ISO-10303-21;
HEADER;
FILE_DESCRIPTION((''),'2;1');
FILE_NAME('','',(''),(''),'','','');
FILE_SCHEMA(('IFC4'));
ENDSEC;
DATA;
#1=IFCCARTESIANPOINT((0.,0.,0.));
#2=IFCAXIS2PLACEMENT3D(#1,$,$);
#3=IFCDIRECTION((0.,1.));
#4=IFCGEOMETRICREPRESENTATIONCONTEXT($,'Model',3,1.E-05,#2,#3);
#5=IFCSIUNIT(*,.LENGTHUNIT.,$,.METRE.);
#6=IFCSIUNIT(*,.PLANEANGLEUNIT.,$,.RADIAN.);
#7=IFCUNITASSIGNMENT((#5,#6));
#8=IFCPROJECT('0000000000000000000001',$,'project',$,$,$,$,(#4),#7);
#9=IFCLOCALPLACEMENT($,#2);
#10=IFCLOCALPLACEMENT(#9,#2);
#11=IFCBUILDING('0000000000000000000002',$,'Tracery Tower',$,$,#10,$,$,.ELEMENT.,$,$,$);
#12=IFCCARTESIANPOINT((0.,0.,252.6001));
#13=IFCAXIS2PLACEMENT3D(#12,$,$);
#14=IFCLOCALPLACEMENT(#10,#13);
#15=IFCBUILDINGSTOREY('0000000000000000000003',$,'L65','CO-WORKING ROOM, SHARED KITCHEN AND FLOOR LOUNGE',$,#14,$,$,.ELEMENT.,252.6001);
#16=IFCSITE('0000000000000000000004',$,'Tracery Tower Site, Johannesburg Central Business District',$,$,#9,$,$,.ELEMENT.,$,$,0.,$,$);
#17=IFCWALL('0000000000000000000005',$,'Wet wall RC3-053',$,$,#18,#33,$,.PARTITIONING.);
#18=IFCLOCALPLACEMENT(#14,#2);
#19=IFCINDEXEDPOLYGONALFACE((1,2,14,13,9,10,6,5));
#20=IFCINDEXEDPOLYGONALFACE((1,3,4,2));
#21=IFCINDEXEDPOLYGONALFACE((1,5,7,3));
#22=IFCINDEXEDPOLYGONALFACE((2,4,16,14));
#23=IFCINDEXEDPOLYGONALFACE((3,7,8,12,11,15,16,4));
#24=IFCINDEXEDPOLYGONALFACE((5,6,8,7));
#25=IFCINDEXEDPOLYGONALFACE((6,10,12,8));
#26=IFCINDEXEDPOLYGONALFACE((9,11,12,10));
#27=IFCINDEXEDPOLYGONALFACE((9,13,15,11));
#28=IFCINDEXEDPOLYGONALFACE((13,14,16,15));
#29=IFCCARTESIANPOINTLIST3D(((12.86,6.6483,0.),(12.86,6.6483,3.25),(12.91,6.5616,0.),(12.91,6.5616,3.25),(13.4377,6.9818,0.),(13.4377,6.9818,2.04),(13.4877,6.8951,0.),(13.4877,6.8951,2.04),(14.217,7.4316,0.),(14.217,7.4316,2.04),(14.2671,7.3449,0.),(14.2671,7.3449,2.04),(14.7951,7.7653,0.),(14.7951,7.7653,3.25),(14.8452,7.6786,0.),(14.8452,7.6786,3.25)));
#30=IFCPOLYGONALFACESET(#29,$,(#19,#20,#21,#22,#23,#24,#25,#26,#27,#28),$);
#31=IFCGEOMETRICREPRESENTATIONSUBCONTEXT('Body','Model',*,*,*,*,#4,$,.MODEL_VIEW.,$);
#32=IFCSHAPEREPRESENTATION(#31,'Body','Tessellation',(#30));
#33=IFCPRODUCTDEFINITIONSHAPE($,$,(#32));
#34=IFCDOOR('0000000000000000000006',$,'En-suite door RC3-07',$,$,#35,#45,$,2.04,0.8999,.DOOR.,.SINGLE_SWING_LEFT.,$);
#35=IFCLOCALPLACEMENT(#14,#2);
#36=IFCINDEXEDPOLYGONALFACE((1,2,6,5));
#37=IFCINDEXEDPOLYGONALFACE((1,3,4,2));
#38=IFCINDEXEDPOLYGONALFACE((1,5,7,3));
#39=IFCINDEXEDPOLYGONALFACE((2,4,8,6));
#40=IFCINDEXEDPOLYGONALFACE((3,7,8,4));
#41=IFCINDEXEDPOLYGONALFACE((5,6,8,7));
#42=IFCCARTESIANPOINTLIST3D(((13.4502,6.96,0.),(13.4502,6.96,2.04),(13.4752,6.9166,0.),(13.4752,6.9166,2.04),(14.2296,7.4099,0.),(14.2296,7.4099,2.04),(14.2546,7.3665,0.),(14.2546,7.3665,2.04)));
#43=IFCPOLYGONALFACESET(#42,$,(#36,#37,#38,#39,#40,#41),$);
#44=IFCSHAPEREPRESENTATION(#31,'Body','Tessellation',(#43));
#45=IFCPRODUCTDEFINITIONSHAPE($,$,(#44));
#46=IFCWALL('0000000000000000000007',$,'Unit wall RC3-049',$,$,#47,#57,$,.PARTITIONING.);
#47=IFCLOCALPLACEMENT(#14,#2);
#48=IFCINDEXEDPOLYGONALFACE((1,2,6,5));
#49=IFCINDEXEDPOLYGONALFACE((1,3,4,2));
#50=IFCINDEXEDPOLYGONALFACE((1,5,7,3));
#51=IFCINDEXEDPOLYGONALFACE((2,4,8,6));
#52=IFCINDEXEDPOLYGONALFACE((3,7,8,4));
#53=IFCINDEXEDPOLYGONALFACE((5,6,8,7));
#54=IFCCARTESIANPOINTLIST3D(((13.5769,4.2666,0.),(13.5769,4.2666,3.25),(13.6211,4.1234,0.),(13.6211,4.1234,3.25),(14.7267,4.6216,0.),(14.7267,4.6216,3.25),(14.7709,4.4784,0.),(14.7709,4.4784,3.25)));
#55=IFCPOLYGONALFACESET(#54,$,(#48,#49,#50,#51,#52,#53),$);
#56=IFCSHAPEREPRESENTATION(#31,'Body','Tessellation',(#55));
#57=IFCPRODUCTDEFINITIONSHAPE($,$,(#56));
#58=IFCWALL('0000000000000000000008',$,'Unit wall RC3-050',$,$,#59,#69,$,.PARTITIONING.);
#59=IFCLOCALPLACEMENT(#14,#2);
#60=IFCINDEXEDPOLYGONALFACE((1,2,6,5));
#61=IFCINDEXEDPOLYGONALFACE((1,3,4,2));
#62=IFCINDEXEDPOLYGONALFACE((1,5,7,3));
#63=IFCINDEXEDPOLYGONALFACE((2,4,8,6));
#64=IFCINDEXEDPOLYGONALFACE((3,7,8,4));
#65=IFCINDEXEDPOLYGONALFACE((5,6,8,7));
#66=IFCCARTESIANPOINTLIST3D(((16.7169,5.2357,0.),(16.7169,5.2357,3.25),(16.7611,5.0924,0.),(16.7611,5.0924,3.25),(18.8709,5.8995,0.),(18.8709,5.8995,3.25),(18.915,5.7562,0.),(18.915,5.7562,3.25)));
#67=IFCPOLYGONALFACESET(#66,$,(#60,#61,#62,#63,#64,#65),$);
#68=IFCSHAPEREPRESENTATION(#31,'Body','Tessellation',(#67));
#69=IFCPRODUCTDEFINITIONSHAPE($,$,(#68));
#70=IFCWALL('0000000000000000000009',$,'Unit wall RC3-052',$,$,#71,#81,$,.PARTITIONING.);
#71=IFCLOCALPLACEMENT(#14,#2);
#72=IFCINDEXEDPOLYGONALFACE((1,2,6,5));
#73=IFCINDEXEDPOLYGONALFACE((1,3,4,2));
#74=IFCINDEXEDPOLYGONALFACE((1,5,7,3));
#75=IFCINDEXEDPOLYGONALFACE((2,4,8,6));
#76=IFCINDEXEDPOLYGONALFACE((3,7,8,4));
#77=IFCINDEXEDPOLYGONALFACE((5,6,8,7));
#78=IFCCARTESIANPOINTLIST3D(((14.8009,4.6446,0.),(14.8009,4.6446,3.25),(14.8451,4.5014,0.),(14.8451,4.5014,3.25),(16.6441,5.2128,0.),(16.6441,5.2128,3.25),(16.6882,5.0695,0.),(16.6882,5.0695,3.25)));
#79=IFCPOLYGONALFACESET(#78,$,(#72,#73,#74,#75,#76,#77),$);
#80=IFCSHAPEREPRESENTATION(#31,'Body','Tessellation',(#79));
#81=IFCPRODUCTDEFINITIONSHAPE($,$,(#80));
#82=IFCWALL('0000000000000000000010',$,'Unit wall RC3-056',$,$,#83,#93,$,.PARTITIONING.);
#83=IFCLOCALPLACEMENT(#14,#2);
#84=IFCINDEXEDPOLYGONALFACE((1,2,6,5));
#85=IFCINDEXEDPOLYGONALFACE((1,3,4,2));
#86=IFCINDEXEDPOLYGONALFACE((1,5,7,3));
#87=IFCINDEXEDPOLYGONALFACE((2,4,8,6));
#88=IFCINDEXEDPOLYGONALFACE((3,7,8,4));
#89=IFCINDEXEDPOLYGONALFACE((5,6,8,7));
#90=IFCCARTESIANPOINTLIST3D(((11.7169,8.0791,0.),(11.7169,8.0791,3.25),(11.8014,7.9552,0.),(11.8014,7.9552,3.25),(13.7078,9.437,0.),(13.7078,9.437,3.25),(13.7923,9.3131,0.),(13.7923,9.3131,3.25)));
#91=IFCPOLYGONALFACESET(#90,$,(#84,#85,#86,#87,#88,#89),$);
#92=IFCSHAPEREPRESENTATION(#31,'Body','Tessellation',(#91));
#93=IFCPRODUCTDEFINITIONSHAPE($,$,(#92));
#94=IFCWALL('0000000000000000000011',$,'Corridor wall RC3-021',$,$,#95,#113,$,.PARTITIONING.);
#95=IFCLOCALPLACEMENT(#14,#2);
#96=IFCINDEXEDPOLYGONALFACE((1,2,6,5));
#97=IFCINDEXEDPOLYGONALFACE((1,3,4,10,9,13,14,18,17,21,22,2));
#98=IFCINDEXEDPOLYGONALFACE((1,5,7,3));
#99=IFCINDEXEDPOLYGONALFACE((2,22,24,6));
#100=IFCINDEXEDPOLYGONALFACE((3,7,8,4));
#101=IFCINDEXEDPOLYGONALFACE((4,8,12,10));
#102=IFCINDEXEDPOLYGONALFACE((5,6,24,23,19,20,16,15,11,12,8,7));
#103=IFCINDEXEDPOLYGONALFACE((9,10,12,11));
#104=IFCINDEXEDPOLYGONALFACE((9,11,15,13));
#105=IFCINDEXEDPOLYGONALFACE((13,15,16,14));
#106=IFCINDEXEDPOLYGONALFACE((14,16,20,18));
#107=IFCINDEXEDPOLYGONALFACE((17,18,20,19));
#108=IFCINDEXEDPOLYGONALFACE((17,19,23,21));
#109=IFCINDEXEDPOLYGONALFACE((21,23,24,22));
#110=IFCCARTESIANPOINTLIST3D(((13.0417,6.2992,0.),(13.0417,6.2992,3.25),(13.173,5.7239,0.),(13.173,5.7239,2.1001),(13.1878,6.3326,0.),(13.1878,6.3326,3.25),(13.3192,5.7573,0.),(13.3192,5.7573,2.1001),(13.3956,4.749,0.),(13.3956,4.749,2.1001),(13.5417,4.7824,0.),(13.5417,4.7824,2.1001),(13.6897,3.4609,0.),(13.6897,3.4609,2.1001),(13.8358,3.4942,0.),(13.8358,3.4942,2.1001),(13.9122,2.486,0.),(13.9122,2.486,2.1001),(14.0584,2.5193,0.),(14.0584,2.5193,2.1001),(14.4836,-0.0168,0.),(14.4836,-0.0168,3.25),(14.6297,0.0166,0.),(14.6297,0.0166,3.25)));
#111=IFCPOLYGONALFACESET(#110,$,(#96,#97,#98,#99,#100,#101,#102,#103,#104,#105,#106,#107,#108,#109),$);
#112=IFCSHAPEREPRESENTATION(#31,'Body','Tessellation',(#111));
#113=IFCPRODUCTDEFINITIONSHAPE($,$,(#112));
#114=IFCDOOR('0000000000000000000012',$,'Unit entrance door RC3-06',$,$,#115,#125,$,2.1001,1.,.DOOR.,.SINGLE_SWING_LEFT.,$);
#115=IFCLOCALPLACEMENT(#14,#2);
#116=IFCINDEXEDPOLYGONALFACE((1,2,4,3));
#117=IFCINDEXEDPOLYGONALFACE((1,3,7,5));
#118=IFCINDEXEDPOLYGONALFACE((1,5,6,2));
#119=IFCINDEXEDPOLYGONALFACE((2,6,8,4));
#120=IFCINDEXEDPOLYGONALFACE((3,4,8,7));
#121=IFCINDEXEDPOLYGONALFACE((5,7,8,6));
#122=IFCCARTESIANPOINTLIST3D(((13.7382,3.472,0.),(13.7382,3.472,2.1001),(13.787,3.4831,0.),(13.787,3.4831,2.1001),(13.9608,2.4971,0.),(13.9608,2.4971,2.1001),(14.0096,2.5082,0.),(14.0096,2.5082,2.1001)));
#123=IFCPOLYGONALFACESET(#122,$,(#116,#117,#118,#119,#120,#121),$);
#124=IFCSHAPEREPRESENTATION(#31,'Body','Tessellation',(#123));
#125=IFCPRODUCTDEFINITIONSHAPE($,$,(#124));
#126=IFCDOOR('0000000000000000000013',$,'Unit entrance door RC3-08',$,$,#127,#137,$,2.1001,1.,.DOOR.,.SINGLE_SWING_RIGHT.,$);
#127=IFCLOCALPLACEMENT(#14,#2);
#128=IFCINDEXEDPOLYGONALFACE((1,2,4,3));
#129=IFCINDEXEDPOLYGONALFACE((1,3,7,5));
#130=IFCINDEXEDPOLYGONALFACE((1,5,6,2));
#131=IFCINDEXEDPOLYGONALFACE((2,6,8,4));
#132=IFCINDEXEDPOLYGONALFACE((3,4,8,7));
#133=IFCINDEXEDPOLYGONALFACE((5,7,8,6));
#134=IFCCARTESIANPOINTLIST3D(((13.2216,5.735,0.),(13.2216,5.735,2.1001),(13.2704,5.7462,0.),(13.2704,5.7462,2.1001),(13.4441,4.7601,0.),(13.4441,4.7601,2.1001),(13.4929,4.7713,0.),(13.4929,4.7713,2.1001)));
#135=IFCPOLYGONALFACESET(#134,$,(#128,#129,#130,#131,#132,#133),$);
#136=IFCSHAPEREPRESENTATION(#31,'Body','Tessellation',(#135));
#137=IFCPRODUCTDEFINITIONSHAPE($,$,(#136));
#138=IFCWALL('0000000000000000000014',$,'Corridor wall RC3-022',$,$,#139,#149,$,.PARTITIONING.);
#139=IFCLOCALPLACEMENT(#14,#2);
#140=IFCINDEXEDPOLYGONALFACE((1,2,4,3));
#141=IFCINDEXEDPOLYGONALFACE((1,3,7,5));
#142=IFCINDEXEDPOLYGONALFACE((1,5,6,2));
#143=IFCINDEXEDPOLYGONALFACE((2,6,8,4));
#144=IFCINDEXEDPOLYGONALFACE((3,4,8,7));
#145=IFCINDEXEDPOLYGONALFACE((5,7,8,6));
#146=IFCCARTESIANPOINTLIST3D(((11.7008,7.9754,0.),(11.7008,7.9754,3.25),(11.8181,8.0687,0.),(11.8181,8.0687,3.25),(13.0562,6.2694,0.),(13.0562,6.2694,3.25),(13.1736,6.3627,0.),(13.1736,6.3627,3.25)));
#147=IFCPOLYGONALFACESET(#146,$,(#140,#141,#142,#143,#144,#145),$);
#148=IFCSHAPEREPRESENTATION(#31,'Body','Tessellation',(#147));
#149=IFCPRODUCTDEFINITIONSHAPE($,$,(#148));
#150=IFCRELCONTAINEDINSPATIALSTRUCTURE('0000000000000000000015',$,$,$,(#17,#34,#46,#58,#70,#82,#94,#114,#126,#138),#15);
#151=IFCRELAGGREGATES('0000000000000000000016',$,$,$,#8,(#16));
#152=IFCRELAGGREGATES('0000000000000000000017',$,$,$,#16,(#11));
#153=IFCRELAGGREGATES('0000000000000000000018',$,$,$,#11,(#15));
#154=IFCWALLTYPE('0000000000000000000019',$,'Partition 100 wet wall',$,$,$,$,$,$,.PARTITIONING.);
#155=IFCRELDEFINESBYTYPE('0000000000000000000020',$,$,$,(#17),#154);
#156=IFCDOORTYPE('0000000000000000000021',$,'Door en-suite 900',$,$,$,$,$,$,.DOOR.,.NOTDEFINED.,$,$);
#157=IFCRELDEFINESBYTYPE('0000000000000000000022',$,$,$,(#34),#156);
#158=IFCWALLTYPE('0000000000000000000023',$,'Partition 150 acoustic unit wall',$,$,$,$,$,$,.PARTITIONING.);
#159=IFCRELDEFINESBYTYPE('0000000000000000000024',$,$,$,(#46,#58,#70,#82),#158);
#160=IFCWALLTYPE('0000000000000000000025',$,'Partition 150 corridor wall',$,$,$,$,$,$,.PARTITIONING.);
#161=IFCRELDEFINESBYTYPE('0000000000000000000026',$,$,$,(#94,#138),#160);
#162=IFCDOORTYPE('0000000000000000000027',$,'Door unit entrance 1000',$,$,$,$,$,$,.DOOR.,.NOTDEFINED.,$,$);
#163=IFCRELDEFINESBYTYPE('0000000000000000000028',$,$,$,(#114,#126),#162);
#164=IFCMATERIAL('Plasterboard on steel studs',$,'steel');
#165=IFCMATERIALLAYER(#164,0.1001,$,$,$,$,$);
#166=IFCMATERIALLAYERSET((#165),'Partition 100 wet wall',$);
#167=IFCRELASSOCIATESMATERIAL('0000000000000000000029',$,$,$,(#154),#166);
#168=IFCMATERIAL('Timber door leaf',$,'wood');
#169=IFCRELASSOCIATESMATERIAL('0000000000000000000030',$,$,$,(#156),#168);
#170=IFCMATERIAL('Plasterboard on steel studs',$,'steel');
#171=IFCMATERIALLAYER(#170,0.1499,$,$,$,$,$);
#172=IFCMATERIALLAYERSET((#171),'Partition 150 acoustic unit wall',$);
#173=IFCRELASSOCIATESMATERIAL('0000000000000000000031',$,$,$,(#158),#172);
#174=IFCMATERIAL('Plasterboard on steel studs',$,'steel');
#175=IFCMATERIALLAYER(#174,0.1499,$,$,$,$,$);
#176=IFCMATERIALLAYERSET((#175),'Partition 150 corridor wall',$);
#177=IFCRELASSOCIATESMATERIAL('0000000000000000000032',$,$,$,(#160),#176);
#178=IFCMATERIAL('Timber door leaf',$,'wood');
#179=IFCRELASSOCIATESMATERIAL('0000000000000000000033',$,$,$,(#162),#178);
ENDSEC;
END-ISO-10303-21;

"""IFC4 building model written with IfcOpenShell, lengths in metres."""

from ifc_helpers import new_model, si_unit, direction, frame, frame_2d, origin, place, context, subcontext, project, spatial, rectangle, extrude, material, layer, layer_set, type_object, element, fill, save


model = new_model("IFC4")

# Units and contexts
model_context = context("Model", 3, precision=1e-05, world=origin(), true_north=direction((0.0, 1.0)))
body_context = subcontext(model_context, "Body", "Model", "MODEL_VIEW")
ifc_project = project(units=[si_unit("LENGTHUNIT", "METRE"), si_unit("PLANEANGLEUNIT", "RADIAN")], contexts=[model_context])

# Site, building, storey
site_placement = place(None, origin())
site = spatial("IfcSite", under=ifc_project, at=site_placement, Name="Tracery Tower Site, Johannesburg Central Business District", CompositionType="ELEMENT", RefElevation=0.0)
building_placement = place(site_placement, origin())
building = spatial("IfcBuilding", under=site, at=building_placement, Name="Tracery Tower", CompositionType="ELEMENT")
storey_placement = place(building_placement, frame((0.0, 0.0, 252.6001)))
storey = spatial("IfcBuildingStorey", under=building, at=storey_placement, Name="L65", Description="CO-WORKING ROOM, SHARED KITCHEN AND FLOOR LOUNGE", CompositionType="ELEMENT", Elevation=252.6001)

# Shared definitions
ifc_material_1 = material(Name="Plasterboard on steel studs", Category="steel")
ifc_layer_1 = layer(ifc_material_1, 0.1001)
ifc_layer_set_1 = layer_set([ifc_layer_1], Name="Partition 100 wet wall")
wall_type_1 = type_object("IfcWallType", Name="Partition 100 wet wall", PredefinedType="PARTITIONING", material=ifc_layer_set_1)

# Wall, opening, door
ifc_material_2 = material(Name="Timber door leaf", Category="wood")
door_type_1 = type_object("IfcDoorType", Name="Door en-suite 900", OperationType="NOTDEFINED", PredefinedType="DOOR", material=ifc_material_2)
wall_1_placement = place(storey_placement, frame((12.885, 6.605, 0.0), z_axis=(0.0, 0.0, 1.0), x_axis=(0.866076, 0.499912, 0.0)))
wall_1 = element("IfcWall", 1, at=wall_1_placement, inside=storey, type_object=wall_type_1, Name="Wet wall RC3-053", PredefinedType="PARTITIONING", context=body_context, shape_type="SweptSolid", body=[
    extrude(rectangle(XDim=2.2344, YDim=0.1001, at=frame_2d((1.1172, 0.0))), origin(), (0.0, 0.0, 1.0), 3.25),
])
opening_1_placement = place(wall_1_placement, frame((0.667, 0.0, 0.0)))
opening_1 = element("IfcOpeningElement", 2, at=opening_1_placement, cuts=wall_1, PredefinedType="OPENING", context=body_context, shape_type="SweptSolid", body=[
    extrude(rectangle(XDim=0.8999, YDim=2.04, at=frame_2d((0.45, 1.02))), frame((0.0, 0.05, 0.0), z_axis=(0.0, -1.0, 0.0), x_axis=(1.0, 0.0, 0.0)), (0.0, 0.0, 1.0), 0.1001),
])
door_1_placement = place(opening_1_placement, origin())
door_1 = element("IfcDoor", 3, at=door_1_placement, inside=storey, type_object=door_type_1, Name="En-suite door RC3-07", OperationType="SINGLE_SWING_LEFT", OverallHeight=2.04, OverallWidth=0.8999, PredefinedType="DOOR", context=body_context, shape_type="SweptSolid", body=[
    extrude(rectangle(XDim=0.8999, YDim=2.04, at=frame_2d((0.45, 1.02))), frame((0.0, 0.0249, 0.0), z_axis=(0.0, -1.0, 0.0), x_axis=(1.0, 0.0, 0.0)), (0.0, 0.0, 1.0), 0.05),
])
fill(opening_1, door_1)

# Walls
ifc_material_3 = material(Name="Plasterboard on steel studs", Category="steel")
ifc_layer_2 = layer(ifc_material_3, 0.1499)
ifc_layer_set_2 = layer_set([ifc_layer_2], Name="Partition 150 acoustic unit wall")
wall_type_2 = type_object("IfcWallType", Name="Partition 150 acoustic unit wall", PredefinedType="PARTITIONING", material=ifc_layer_set_2)
wall_2_placement = place(storey_placement, frame((13.5991, 4.1951, 0.0), z_axis=(0.0, 0.0, 1.0), x_axis=(0.955507, 0.29497, 0.0)))
element("IfcWall", 4, at=wall_2_placement, inside=storey, type_object=wall_type_2, Name="Unit wall RC3-049", PredefinedType="PARTITIONING", context=body_context, shape_type="SweptSolid", body=[
    extrude(rectangle(XDim=1.2034, YDim=0.1499, at=frame_2d((0.6016, 0.0))), origin(), (0.0, 0.0, 1.0), 3.25),
])
wall_3_placement = place(storey_placement, frame((16.739, 5.1641, 0.0), z_axis=(0.0, 0.0, 1.0), x_axis=(0.95565, 0.294504, 0.0)))
element("IfcWall", 5, at=wall_3_placement, inside=storey, type_object=wall_type_2, Name="Unit wall RC3-050", PredefinedType="PARTITIONING", context=body_context, shape_type="SweptSolid", body=[
    extrude(rectangle(XDim=2.2539, YDim=0.1499, at=frame_2d((1.127, 0.0))), origin(), (0.0, 0.0, 1.0), 3.25),
])
wall_4_placement = place(storey_placement, frame((14.823, 4.573, 0.0), z_axis=(0.0, 0.0, 1.0), x_axis=(0.955628, 0.294575, 0.0)))
element("IfcWall", 6, at=wall_4_placement, inside=storey, type_object=wall_type_2, Name="Unit wall RC3-052", PredefinedType="PARTITIONING", context=body_context, shape_type="SweptSolid", body=[
    extrude(rectangle(XDim=1.9287, YDim=0.1499, at=frame_2d((0.9644, 0.0))), origin(), (0.0, 0.0, 1.0), 3.25),
])
wall_5_placement = place(storey_placement, frame((11.759, 8.0171, 0.0), z_axis=(0.0, 0.0, 1.0), x_axis=(0.826144, 0.563459, 0.0)))
element("IfcWall", 7, at=wall_5_placement, inside=storey, type_object=wall_type_2, Name="Unit wall RC3-056", PredefinedType="PARTITIONING", context=body_context, shape_type="SweptSolid", body=[
    extrude(rectangle(XDim=2.4099, YDim=0.1499, at=frame_2d((1.2051, 0.0))), origin(), (0.0, 0.0, 1.0), 3.25),
])

# Wall, openings, doors
ifc_material_4 = material(Name="Plasterboard on steel studs", Category="steel")
ifc_layer_3 = layer(ifc_material_4, 0.1499)
ifc_layer_set_3 = layer_set([ifc_layer_3], Name="Partition 150 corridor wall")
wall_type_3 = type_object("IfcWallType", Name="Partition 150 corridor wall", PredefinedType="PARTITIONING", material=ifc_layer_set_3)
wall_6_placement = place(storey_placement, frame((13.1147, 6.3159, 0.0), z_axis=(0.0, 0.0, 1.0), x_axis=(0.222569, -0.974917, 0.0)))
wall_6 = element("IfcWall", 8, at=wall_6_placement, inside=storey, type_object=wall_type_3, Name="Corridor wall RC3-021", PredefinedType="PARTITIONING", context=body_context, shape_type="SweptSolid", body=[
    extrude(rectangle(XDim=6.4785, YDim=0.1499, at=frame_2d((3.2393, 0.0))), origin(), (0.0, 0.0, 1.0), 3.25),
])
opening_2_placement = place(wall_6_placement, frame((2.9114, 0.0, 0.0)))
opening_2 = element("IfcOpeningElement", 9, at=opening_2_placement, cuts=wall_6, PredefinedType="OPENING", context=body_context, shape_type="SweptSolid", body=[
    extrude(rectangle(XDim=1.0, YDim=2.1001, at=frame_2d((0.5, 1.05))), frame((0.0, 0.075, 0.0), z_axis=(0.0, -1.0, 0.0), x_axis=(1.0, 0.0, 0.0)), (0.0, 0.0, 1.0), 0.1499),
])
opening_3_placement = place(wall_6_placement, frame((0.5901, 0.0, 0.0)))
opening_3 = element("IfcOpeningElement", 10, at=opening_3_placement, cuts=wall_6, PredefinedType="OPENING", context=body_context, shape_type="SweptSolid", body=[
    extrude(rectangle(XDim=1.0, YDim=2.1001, at=frame_2d((0.5, 1.05))), frame((0.0, 0.075, 0.0), z_axis=(0.0, -1.0, 0.0), x_axis=(1.0, 0.0, 0.0)), (0.0, 0.0, 1.0), 0.1499),
])
ifc_material_5 = material(Name="Timber door leaf", Category="wood")
door_type_2 = type_object("IfcDoorType", Name="Door unit entrance 1000", OperationType="NOTDEFINED", PredefinedType="DOOR", material=ifc_material_5)
door_2_placement = place(opening_2_placement, origin())
door_2 = element("IfcDoor", 11, at=door_2_placement, inside=storey, type_object=door_type_2, Name="Unit entrance door RC3-06", OperationType="SINGLE_SWING_LEFT", OverallHeight=2.1001, OverallWidth=1.0, PredefinedType="DOOR", context=body_context, shape_type="SweptSolid", body=[
    extrude(rectangle(XDim=1.0, YDim=2.1001, at=frame_2d((0.5, 1.05))), frame((0.0, 0.0249, 0.0), z_axis=(0.0, -1.0, 0.0), x_axis=(1.0, 0.0, 0.0)), (0.0, 0.0, 1.0), 0.05),
])
fill(opening_2, door_2)
door_3_placement = place(opening_3_placement, origin())
door_3 = element("IfcDoor", 12, at=door_3_placement, inside=storey, type_object=door_type_2, Name="Unit entrance door RC3-08", OperationType="SINGLE_SWING_RIGHT", OverallHeight=2.1001, OverallWidth=1.0, PredefinedType="DOOR", context=body_context, shape_type="SweptSolid", body=[
    extrude(rectangle(XDim=1.0, YDim=2.1001, at=frame_2d((0.5, 1.05))), frame((0.0, 0.0249, 0.0), z_axis=(0.0, -1.0, 0.0), x_axis=(1.0, 0.0, 0.0)), (0.0, 0.0, 1.0), 0.05),
])
fill(opening_3, door_3)

# Wall
wall_7_placement = place(storey_placement, frame((11.7595, 8.022, 0.0), z_axis=(0.0, 0.0, 1.0), x_axis=(0.622068, -0.782963, 0.0)))
element("IfcWall", 13, at=wall_7_placement, inside=storey, type_object=wall_type_3, Name="Corridor wall RC3-022", PredefinedType="PARTITIONING", context=body_context, shape_type="SweptSolid", body=[
    extrude(rectangle(XDim=2.179, YDim=0.1499, at=frame_2d((1.0894, 0.0))), origin(), (0.0, 0.0, 1.0), 3.25),
])

save(model, "model.ifc")
